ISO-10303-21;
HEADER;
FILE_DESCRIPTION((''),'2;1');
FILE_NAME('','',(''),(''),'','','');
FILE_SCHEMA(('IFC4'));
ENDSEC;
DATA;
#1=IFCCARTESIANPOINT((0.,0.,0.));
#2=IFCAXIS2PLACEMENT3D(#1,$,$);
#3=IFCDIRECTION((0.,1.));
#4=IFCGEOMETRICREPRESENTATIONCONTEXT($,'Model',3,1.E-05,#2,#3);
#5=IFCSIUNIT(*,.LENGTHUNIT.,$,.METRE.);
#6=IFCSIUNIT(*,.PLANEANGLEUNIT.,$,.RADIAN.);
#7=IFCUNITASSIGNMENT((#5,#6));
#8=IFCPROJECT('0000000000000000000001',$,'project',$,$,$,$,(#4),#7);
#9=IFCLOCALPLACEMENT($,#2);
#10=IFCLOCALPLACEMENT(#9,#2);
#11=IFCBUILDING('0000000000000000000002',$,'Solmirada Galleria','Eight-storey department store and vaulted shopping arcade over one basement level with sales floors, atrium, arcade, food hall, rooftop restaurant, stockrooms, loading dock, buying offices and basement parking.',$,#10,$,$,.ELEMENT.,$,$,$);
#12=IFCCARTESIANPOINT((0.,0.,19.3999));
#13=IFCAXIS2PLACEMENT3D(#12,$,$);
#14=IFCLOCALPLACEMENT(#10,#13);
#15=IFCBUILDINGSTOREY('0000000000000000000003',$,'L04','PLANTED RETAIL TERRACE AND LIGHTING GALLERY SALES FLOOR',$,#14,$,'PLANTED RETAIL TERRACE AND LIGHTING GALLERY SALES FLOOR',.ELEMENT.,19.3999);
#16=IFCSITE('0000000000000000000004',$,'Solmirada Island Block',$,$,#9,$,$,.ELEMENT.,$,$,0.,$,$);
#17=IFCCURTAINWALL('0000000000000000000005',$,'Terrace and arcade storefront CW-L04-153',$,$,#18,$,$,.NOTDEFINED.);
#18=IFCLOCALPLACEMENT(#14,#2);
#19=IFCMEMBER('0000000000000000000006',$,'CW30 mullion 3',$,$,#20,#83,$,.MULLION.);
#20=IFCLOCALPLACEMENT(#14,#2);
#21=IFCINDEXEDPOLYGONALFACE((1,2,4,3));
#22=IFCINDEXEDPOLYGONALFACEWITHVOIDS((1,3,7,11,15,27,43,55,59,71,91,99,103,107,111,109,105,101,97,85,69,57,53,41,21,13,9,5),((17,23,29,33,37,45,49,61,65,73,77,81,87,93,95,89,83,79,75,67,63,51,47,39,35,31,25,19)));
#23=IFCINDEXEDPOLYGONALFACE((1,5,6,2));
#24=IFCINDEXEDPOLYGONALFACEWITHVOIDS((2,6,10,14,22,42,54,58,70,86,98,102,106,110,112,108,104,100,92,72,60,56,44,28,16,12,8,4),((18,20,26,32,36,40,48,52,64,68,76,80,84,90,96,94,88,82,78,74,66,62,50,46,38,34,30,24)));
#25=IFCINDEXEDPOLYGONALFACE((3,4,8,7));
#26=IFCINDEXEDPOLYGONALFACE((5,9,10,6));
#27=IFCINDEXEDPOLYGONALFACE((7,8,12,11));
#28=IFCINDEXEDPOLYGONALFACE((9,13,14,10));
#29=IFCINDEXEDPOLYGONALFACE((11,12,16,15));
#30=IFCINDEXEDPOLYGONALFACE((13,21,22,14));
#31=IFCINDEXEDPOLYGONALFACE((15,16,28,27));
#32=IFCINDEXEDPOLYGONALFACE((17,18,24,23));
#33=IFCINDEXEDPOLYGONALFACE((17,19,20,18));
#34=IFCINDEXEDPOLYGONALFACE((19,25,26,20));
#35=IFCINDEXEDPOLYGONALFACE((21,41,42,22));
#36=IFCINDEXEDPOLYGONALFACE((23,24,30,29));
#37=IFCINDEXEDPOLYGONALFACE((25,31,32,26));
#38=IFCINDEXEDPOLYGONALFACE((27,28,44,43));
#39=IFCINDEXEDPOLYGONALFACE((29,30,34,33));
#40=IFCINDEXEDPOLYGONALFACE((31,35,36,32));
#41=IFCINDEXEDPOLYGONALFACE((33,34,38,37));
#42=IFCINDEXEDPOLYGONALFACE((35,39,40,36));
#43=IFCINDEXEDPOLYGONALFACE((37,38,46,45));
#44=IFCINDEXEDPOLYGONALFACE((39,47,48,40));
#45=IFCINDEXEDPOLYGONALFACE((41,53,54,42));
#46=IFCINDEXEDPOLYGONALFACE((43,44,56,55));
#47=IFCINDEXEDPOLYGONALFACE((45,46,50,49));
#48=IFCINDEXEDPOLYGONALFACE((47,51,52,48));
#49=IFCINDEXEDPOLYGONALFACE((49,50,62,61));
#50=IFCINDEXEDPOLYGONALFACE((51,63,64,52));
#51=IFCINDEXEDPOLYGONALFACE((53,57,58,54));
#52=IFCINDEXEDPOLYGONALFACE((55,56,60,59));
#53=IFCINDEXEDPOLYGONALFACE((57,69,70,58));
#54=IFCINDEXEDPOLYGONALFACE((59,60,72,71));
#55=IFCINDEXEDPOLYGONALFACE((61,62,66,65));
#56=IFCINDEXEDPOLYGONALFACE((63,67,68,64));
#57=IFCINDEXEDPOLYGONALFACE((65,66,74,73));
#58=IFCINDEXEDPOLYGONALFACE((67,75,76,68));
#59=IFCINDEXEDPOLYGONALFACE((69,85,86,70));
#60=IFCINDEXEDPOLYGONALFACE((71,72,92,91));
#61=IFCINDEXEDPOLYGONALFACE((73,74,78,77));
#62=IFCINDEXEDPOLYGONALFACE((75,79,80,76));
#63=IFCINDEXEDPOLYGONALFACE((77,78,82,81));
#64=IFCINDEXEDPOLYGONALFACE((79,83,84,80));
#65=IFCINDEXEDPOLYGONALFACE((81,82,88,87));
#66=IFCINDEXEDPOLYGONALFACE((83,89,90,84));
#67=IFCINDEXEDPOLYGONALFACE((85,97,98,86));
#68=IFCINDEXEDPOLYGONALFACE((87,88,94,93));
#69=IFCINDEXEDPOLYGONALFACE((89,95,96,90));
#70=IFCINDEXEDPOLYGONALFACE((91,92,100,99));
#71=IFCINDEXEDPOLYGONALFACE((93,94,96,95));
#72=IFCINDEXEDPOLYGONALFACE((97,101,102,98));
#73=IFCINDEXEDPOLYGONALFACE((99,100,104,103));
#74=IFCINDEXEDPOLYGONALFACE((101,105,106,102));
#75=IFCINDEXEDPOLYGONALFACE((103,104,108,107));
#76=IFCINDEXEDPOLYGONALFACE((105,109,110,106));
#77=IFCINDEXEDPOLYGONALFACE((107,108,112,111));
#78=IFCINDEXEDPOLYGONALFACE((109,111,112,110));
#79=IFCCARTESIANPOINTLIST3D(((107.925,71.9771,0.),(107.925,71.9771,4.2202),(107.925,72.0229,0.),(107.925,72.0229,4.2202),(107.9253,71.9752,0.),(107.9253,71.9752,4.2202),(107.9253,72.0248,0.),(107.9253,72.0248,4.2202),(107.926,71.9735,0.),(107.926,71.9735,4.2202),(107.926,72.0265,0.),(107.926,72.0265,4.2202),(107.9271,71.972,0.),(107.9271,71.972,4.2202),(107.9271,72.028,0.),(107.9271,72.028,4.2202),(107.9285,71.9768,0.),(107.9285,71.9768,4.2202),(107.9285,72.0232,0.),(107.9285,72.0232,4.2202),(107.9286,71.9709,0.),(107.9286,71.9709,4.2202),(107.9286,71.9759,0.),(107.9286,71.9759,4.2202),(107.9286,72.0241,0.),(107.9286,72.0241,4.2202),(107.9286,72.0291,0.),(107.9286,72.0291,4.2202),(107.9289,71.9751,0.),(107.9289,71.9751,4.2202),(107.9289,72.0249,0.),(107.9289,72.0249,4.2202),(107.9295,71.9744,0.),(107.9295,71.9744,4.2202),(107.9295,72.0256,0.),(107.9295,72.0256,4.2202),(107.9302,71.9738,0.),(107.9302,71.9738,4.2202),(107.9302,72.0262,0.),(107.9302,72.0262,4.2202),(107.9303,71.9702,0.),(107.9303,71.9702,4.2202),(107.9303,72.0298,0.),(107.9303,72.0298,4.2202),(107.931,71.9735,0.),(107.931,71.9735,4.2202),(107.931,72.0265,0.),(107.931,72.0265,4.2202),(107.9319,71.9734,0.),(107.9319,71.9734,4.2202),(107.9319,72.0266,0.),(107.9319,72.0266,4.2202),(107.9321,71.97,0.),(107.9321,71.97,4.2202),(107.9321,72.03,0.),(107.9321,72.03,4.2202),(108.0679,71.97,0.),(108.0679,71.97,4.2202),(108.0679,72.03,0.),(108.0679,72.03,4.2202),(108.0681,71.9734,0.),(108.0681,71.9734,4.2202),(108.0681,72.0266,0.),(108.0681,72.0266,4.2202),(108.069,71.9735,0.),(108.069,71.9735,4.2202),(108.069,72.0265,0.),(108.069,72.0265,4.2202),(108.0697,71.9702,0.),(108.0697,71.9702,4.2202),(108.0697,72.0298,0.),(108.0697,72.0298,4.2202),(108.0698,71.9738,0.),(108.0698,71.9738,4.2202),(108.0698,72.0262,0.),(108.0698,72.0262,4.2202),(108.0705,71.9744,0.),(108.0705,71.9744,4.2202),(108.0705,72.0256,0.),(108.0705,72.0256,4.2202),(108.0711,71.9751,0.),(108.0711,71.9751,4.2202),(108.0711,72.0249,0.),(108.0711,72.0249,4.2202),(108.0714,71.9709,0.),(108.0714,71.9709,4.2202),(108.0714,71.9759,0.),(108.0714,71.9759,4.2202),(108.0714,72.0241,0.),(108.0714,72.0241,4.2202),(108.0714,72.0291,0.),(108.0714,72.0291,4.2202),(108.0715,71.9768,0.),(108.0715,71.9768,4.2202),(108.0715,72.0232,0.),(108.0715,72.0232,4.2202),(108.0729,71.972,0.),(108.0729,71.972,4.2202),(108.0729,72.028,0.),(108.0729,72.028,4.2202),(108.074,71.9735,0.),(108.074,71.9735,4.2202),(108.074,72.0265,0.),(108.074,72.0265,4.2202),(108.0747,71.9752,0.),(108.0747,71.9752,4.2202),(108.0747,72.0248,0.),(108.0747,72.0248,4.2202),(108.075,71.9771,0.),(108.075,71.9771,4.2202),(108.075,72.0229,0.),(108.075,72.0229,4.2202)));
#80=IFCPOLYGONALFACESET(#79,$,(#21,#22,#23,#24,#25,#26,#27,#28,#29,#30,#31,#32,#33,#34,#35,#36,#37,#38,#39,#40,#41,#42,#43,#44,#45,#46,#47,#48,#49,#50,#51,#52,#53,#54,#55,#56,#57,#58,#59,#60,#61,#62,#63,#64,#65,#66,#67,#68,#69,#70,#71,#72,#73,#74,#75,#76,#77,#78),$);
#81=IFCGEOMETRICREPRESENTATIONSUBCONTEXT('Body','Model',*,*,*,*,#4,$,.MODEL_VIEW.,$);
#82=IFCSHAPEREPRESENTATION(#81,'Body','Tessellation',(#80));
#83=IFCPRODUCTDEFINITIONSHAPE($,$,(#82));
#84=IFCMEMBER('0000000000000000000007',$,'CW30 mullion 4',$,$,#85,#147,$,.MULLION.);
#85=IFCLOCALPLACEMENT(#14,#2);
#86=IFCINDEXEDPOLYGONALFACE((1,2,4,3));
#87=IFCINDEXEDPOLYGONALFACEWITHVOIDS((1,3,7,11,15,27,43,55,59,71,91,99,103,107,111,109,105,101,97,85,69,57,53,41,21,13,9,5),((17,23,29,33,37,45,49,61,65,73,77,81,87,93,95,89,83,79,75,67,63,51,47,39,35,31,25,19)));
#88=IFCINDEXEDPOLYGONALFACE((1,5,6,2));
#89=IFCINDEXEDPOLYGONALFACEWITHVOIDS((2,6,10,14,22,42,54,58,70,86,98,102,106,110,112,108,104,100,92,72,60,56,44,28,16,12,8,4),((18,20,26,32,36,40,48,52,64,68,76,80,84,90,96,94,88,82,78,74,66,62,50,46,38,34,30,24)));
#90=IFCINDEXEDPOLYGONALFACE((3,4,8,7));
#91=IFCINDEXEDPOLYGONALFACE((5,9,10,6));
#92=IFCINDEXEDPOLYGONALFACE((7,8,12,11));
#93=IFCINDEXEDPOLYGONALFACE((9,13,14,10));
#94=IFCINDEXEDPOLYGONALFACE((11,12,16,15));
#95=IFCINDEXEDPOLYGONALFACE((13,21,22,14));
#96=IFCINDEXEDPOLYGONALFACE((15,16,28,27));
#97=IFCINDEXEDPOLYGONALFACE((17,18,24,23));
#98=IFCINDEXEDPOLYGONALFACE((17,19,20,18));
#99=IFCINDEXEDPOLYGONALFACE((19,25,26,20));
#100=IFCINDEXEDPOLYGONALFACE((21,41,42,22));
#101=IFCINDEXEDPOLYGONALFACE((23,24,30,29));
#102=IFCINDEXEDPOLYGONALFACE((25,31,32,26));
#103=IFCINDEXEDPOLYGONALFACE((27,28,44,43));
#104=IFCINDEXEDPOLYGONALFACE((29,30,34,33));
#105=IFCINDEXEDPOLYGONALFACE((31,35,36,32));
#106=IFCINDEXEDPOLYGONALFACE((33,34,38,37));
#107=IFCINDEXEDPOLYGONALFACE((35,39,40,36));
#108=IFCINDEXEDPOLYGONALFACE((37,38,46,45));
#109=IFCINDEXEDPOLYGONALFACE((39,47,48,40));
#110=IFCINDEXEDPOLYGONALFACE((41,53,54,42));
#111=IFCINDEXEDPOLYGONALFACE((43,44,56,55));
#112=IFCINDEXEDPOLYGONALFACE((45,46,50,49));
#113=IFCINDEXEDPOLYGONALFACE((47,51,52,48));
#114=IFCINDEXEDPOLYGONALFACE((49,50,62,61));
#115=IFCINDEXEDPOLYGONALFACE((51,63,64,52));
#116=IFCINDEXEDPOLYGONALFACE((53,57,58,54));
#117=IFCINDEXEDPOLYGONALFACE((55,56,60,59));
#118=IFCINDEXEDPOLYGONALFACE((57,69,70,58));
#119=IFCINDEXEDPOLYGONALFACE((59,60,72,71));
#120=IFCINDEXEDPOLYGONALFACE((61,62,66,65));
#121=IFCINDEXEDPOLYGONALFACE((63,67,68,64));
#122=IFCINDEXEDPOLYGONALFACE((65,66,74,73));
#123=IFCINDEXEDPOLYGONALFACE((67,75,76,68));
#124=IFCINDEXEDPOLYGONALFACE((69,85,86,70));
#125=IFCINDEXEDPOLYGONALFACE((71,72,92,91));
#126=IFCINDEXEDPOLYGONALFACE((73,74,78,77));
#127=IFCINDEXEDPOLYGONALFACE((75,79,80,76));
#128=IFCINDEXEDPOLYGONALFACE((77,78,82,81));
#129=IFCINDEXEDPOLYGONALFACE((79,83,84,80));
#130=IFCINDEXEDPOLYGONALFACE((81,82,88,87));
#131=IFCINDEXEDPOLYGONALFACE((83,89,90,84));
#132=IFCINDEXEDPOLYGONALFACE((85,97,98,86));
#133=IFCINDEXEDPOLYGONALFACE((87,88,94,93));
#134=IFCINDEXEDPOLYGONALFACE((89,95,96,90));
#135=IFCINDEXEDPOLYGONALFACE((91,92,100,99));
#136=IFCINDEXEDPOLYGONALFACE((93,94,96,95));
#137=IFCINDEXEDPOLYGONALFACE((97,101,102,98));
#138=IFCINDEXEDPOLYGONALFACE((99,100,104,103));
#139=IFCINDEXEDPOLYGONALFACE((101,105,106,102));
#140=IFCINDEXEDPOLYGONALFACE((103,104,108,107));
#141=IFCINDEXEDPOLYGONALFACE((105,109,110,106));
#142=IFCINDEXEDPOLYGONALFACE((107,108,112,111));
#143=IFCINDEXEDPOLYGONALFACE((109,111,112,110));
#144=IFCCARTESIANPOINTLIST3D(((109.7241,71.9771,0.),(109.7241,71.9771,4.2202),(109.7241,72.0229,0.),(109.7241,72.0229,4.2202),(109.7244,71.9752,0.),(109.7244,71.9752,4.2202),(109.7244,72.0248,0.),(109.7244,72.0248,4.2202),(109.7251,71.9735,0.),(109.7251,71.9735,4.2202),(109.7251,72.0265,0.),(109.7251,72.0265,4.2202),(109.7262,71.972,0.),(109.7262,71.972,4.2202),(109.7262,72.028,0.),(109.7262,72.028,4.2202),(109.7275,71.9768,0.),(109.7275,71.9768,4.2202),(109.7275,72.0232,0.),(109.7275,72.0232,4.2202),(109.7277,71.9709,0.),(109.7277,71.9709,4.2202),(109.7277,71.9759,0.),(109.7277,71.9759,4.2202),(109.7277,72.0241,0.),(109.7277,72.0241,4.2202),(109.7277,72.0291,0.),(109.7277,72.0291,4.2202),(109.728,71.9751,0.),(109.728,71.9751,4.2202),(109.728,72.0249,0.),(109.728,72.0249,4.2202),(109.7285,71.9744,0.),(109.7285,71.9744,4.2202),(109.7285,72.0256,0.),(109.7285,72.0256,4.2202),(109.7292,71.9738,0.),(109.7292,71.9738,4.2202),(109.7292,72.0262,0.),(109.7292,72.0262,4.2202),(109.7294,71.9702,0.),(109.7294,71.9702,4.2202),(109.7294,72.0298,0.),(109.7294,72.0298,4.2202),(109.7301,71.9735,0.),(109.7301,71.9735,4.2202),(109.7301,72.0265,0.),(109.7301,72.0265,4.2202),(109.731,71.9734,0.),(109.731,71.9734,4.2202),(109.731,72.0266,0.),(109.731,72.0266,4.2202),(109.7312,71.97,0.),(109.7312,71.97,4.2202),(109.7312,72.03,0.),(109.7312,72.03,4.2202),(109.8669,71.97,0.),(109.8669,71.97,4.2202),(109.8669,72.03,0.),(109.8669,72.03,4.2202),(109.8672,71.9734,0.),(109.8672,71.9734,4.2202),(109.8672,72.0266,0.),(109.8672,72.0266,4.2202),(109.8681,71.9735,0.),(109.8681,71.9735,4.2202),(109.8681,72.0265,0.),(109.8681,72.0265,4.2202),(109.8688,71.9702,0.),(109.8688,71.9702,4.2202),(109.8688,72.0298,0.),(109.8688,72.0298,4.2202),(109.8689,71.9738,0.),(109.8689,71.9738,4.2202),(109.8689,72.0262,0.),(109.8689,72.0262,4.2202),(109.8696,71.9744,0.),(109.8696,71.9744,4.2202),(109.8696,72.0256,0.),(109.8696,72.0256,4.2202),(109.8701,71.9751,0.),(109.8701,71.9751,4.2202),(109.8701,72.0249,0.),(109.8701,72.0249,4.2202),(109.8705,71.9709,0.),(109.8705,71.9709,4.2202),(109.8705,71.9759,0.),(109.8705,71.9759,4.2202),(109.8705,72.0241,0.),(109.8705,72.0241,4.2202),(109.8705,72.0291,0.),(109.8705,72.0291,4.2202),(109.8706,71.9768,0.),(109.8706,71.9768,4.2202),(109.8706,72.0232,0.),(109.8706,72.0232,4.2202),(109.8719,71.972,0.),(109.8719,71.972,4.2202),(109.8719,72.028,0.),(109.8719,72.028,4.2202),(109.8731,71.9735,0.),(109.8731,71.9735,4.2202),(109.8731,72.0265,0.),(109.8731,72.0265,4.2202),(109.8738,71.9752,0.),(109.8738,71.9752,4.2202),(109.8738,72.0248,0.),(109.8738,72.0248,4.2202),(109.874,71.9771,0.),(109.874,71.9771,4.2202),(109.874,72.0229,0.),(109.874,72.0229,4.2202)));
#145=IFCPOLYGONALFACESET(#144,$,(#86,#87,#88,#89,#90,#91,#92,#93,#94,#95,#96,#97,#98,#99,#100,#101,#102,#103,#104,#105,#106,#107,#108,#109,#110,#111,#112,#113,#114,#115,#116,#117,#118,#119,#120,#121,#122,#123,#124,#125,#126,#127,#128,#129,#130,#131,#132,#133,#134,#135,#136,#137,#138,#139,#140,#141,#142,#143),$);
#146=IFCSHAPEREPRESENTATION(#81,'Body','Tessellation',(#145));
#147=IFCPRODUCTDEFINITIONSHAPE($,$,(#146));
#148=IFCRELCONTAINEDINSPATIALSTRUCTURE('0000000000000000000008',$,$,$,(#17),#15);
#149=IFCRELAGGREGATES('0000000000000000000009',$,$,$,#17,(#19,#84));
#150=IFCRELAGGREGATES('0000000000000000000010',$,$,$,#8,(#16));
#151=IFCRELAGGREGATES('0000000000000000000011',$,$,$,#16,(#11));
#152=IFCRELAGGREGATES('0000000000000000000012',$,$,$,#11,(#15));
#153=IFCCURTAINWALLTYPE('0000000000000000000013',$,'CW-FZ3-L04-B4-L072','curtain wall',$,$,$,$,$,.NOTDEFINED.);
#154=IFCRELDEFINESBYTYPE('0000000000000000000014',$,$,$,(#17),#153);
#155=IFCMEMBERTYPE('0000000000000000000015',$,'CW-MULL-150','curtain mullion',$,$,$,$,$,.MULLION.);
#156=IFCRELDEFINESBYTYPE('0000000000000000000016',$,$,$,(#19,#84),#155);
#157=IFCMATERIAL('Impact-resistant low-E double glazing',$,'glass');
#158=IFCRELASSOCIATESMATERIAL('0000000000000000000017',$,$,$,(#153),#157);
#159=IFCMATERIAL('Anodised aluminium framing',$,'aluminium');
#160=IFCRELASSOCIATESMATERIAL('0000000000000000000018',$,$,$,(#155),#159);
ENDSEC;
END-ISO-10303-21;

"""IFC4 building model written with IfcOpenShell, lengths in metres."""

from ifc_helpers import new_model, si_unit, direction, frame, origin, origin_2d, place, context, subcontext, project, spatial, hollow_rectangle, extrude, material, material_profile, profile_set, type_object, element, aggregate, save


model = new_model("IFC4")

# Units and contexts
model_context = context("Model", 3, precision=1e-05, world=origin(), true_north=direction((0.0, 1.0)))
body_context = subcontext(model_context, "Body", "Model", "MODEL_VIEW")
ifc_project = project(units=[si_unit("LENGTHUNIT", "METRE"), si_unit("PLANEANGLEUNIT", "RADIAN")], contexts=[model_context])

# Site, building, storey
site_placement = place(None, origin())
site = spatial("IfcSite", under=ifc_project, at=site_placement, Name="Solmirada Island Block", CompositionType="ELEMENT", RefElevation=0.0)
building_placement = place(site_placement, origin())
building = spatial("IfcBuilding", under=site, at=building_placement, Name="Solmirada Galleria", Description="Eight-storey department store and vaulted shopping arcade over one basement level with sales floors, atrium, arcade, food hall, rooftop restaurant, stockrooms, loading dock, buying offices and basement parking.", CompositionType="ELEMENT")
storey_placement = place(building_placement, frame((0.0, 0.0, 19.3999)))
storey = spatial("IfcBuildingStorey", under=building, at=storey_placement, Name="L04", Description="PLANTED RETAIL TERRACE AND LIGHTING GALLERY SALES FLOOR", LongName="PLANTED RETAIL TERRACE AND LIGHTING GALLERY SALES FLOOR", CompositionType="ELEMENT", Elevation=19.3999)

# Curtain wall, members
ifc_material_1 = material(Name="Impact-resistant low-E double glazing", Category="glass")
curtain_wall_type = type_object("IfcCurtainWallType", Name="CW-FZ3-L04-B4-L072", Description="curtain wall", PredefinedType="NOTDEFINED", material=ifc_material_1)
curtain_wall_placement = place(storey_placement, origin())
curtain_wall = element("IfcCurtainWall", 1, at=curtain_wall_placement, inside=storey, type_object=curtain_wall_type, Name="Terrace and arcade storefront CW-L04-153", PredefinedType="NOTDEFINED")
ifc_material_2 = material(Name="Anodised aluminium framing", Category="aluminium")
ifc_material_profile_1 = material_profile(ifc_material_2, hollow_rectangle(XDim=0.0601, YDim=0.1499, WallThickness=0.0034, InnerFilletRadius=0.0034, OuterFilletRadius=0.0071, at=origin_2d()), Name="ALU-MULL-150X60")
ifc_profile_set_1 = profile_set([ifc_material_profile_1], Name="Anodised aluminium framing")
member_type_1 = type_object("IfcMemberType", Name="CW-MULL-150", Description="curtain mullion", PredefinedType="MULLION", material=ifc_profile_set_1)
member_1_placement = place(storey_placement, frame((108.0, 72.0, 0.0), z_axis=(0.0, 0.0, 1.0), x_axis=(0.0, 1.0, 0.0)))
member_1 = element("IfcMember", 2, at=member_1_placement, type_object=member_type_1, Name="CW30 mullion 3", PredefinedType="MULLION", context=body_context, shape_type="SweptSolid", body=[
    extrude(hollow_rectangle(XDim=0.0601, YDim=0.1499, WallThickness=0.0034, InnerFilletRadius=0.0034, OuterFilletRadius=0.0071, at=origin_2d()), origin(), (0.0, 0.0, 1.0), 4.2202),
])
member_2_placement = place(storey_placement, frame((109.7991, 72.0, 0.0), z_axis=(0.0, 0.0, 1.0), x_axis=(0.0, 1.0, 0.0)))
member_2 = element("IfcMember", 3, at=member_2_placement, type_object=member_type_1, Name="CW30 mullion 4", PredefinedType="MULLION", context=body_context, shape_type="SweptSolid", body=[
    extrude(hollow_rectangle(XDim=0.0601, YDim=0.1499, WallThickness=0.0034, InnerFilletRadius=0.0034, OuterFilletRadius=0.0071, at=origin_2d()), origin(), (0.0, 0.0, 1.0), 4.2202),
])
aggregate(curtain_wall, [member_1, member_2])

save(model, "model.ifc")
